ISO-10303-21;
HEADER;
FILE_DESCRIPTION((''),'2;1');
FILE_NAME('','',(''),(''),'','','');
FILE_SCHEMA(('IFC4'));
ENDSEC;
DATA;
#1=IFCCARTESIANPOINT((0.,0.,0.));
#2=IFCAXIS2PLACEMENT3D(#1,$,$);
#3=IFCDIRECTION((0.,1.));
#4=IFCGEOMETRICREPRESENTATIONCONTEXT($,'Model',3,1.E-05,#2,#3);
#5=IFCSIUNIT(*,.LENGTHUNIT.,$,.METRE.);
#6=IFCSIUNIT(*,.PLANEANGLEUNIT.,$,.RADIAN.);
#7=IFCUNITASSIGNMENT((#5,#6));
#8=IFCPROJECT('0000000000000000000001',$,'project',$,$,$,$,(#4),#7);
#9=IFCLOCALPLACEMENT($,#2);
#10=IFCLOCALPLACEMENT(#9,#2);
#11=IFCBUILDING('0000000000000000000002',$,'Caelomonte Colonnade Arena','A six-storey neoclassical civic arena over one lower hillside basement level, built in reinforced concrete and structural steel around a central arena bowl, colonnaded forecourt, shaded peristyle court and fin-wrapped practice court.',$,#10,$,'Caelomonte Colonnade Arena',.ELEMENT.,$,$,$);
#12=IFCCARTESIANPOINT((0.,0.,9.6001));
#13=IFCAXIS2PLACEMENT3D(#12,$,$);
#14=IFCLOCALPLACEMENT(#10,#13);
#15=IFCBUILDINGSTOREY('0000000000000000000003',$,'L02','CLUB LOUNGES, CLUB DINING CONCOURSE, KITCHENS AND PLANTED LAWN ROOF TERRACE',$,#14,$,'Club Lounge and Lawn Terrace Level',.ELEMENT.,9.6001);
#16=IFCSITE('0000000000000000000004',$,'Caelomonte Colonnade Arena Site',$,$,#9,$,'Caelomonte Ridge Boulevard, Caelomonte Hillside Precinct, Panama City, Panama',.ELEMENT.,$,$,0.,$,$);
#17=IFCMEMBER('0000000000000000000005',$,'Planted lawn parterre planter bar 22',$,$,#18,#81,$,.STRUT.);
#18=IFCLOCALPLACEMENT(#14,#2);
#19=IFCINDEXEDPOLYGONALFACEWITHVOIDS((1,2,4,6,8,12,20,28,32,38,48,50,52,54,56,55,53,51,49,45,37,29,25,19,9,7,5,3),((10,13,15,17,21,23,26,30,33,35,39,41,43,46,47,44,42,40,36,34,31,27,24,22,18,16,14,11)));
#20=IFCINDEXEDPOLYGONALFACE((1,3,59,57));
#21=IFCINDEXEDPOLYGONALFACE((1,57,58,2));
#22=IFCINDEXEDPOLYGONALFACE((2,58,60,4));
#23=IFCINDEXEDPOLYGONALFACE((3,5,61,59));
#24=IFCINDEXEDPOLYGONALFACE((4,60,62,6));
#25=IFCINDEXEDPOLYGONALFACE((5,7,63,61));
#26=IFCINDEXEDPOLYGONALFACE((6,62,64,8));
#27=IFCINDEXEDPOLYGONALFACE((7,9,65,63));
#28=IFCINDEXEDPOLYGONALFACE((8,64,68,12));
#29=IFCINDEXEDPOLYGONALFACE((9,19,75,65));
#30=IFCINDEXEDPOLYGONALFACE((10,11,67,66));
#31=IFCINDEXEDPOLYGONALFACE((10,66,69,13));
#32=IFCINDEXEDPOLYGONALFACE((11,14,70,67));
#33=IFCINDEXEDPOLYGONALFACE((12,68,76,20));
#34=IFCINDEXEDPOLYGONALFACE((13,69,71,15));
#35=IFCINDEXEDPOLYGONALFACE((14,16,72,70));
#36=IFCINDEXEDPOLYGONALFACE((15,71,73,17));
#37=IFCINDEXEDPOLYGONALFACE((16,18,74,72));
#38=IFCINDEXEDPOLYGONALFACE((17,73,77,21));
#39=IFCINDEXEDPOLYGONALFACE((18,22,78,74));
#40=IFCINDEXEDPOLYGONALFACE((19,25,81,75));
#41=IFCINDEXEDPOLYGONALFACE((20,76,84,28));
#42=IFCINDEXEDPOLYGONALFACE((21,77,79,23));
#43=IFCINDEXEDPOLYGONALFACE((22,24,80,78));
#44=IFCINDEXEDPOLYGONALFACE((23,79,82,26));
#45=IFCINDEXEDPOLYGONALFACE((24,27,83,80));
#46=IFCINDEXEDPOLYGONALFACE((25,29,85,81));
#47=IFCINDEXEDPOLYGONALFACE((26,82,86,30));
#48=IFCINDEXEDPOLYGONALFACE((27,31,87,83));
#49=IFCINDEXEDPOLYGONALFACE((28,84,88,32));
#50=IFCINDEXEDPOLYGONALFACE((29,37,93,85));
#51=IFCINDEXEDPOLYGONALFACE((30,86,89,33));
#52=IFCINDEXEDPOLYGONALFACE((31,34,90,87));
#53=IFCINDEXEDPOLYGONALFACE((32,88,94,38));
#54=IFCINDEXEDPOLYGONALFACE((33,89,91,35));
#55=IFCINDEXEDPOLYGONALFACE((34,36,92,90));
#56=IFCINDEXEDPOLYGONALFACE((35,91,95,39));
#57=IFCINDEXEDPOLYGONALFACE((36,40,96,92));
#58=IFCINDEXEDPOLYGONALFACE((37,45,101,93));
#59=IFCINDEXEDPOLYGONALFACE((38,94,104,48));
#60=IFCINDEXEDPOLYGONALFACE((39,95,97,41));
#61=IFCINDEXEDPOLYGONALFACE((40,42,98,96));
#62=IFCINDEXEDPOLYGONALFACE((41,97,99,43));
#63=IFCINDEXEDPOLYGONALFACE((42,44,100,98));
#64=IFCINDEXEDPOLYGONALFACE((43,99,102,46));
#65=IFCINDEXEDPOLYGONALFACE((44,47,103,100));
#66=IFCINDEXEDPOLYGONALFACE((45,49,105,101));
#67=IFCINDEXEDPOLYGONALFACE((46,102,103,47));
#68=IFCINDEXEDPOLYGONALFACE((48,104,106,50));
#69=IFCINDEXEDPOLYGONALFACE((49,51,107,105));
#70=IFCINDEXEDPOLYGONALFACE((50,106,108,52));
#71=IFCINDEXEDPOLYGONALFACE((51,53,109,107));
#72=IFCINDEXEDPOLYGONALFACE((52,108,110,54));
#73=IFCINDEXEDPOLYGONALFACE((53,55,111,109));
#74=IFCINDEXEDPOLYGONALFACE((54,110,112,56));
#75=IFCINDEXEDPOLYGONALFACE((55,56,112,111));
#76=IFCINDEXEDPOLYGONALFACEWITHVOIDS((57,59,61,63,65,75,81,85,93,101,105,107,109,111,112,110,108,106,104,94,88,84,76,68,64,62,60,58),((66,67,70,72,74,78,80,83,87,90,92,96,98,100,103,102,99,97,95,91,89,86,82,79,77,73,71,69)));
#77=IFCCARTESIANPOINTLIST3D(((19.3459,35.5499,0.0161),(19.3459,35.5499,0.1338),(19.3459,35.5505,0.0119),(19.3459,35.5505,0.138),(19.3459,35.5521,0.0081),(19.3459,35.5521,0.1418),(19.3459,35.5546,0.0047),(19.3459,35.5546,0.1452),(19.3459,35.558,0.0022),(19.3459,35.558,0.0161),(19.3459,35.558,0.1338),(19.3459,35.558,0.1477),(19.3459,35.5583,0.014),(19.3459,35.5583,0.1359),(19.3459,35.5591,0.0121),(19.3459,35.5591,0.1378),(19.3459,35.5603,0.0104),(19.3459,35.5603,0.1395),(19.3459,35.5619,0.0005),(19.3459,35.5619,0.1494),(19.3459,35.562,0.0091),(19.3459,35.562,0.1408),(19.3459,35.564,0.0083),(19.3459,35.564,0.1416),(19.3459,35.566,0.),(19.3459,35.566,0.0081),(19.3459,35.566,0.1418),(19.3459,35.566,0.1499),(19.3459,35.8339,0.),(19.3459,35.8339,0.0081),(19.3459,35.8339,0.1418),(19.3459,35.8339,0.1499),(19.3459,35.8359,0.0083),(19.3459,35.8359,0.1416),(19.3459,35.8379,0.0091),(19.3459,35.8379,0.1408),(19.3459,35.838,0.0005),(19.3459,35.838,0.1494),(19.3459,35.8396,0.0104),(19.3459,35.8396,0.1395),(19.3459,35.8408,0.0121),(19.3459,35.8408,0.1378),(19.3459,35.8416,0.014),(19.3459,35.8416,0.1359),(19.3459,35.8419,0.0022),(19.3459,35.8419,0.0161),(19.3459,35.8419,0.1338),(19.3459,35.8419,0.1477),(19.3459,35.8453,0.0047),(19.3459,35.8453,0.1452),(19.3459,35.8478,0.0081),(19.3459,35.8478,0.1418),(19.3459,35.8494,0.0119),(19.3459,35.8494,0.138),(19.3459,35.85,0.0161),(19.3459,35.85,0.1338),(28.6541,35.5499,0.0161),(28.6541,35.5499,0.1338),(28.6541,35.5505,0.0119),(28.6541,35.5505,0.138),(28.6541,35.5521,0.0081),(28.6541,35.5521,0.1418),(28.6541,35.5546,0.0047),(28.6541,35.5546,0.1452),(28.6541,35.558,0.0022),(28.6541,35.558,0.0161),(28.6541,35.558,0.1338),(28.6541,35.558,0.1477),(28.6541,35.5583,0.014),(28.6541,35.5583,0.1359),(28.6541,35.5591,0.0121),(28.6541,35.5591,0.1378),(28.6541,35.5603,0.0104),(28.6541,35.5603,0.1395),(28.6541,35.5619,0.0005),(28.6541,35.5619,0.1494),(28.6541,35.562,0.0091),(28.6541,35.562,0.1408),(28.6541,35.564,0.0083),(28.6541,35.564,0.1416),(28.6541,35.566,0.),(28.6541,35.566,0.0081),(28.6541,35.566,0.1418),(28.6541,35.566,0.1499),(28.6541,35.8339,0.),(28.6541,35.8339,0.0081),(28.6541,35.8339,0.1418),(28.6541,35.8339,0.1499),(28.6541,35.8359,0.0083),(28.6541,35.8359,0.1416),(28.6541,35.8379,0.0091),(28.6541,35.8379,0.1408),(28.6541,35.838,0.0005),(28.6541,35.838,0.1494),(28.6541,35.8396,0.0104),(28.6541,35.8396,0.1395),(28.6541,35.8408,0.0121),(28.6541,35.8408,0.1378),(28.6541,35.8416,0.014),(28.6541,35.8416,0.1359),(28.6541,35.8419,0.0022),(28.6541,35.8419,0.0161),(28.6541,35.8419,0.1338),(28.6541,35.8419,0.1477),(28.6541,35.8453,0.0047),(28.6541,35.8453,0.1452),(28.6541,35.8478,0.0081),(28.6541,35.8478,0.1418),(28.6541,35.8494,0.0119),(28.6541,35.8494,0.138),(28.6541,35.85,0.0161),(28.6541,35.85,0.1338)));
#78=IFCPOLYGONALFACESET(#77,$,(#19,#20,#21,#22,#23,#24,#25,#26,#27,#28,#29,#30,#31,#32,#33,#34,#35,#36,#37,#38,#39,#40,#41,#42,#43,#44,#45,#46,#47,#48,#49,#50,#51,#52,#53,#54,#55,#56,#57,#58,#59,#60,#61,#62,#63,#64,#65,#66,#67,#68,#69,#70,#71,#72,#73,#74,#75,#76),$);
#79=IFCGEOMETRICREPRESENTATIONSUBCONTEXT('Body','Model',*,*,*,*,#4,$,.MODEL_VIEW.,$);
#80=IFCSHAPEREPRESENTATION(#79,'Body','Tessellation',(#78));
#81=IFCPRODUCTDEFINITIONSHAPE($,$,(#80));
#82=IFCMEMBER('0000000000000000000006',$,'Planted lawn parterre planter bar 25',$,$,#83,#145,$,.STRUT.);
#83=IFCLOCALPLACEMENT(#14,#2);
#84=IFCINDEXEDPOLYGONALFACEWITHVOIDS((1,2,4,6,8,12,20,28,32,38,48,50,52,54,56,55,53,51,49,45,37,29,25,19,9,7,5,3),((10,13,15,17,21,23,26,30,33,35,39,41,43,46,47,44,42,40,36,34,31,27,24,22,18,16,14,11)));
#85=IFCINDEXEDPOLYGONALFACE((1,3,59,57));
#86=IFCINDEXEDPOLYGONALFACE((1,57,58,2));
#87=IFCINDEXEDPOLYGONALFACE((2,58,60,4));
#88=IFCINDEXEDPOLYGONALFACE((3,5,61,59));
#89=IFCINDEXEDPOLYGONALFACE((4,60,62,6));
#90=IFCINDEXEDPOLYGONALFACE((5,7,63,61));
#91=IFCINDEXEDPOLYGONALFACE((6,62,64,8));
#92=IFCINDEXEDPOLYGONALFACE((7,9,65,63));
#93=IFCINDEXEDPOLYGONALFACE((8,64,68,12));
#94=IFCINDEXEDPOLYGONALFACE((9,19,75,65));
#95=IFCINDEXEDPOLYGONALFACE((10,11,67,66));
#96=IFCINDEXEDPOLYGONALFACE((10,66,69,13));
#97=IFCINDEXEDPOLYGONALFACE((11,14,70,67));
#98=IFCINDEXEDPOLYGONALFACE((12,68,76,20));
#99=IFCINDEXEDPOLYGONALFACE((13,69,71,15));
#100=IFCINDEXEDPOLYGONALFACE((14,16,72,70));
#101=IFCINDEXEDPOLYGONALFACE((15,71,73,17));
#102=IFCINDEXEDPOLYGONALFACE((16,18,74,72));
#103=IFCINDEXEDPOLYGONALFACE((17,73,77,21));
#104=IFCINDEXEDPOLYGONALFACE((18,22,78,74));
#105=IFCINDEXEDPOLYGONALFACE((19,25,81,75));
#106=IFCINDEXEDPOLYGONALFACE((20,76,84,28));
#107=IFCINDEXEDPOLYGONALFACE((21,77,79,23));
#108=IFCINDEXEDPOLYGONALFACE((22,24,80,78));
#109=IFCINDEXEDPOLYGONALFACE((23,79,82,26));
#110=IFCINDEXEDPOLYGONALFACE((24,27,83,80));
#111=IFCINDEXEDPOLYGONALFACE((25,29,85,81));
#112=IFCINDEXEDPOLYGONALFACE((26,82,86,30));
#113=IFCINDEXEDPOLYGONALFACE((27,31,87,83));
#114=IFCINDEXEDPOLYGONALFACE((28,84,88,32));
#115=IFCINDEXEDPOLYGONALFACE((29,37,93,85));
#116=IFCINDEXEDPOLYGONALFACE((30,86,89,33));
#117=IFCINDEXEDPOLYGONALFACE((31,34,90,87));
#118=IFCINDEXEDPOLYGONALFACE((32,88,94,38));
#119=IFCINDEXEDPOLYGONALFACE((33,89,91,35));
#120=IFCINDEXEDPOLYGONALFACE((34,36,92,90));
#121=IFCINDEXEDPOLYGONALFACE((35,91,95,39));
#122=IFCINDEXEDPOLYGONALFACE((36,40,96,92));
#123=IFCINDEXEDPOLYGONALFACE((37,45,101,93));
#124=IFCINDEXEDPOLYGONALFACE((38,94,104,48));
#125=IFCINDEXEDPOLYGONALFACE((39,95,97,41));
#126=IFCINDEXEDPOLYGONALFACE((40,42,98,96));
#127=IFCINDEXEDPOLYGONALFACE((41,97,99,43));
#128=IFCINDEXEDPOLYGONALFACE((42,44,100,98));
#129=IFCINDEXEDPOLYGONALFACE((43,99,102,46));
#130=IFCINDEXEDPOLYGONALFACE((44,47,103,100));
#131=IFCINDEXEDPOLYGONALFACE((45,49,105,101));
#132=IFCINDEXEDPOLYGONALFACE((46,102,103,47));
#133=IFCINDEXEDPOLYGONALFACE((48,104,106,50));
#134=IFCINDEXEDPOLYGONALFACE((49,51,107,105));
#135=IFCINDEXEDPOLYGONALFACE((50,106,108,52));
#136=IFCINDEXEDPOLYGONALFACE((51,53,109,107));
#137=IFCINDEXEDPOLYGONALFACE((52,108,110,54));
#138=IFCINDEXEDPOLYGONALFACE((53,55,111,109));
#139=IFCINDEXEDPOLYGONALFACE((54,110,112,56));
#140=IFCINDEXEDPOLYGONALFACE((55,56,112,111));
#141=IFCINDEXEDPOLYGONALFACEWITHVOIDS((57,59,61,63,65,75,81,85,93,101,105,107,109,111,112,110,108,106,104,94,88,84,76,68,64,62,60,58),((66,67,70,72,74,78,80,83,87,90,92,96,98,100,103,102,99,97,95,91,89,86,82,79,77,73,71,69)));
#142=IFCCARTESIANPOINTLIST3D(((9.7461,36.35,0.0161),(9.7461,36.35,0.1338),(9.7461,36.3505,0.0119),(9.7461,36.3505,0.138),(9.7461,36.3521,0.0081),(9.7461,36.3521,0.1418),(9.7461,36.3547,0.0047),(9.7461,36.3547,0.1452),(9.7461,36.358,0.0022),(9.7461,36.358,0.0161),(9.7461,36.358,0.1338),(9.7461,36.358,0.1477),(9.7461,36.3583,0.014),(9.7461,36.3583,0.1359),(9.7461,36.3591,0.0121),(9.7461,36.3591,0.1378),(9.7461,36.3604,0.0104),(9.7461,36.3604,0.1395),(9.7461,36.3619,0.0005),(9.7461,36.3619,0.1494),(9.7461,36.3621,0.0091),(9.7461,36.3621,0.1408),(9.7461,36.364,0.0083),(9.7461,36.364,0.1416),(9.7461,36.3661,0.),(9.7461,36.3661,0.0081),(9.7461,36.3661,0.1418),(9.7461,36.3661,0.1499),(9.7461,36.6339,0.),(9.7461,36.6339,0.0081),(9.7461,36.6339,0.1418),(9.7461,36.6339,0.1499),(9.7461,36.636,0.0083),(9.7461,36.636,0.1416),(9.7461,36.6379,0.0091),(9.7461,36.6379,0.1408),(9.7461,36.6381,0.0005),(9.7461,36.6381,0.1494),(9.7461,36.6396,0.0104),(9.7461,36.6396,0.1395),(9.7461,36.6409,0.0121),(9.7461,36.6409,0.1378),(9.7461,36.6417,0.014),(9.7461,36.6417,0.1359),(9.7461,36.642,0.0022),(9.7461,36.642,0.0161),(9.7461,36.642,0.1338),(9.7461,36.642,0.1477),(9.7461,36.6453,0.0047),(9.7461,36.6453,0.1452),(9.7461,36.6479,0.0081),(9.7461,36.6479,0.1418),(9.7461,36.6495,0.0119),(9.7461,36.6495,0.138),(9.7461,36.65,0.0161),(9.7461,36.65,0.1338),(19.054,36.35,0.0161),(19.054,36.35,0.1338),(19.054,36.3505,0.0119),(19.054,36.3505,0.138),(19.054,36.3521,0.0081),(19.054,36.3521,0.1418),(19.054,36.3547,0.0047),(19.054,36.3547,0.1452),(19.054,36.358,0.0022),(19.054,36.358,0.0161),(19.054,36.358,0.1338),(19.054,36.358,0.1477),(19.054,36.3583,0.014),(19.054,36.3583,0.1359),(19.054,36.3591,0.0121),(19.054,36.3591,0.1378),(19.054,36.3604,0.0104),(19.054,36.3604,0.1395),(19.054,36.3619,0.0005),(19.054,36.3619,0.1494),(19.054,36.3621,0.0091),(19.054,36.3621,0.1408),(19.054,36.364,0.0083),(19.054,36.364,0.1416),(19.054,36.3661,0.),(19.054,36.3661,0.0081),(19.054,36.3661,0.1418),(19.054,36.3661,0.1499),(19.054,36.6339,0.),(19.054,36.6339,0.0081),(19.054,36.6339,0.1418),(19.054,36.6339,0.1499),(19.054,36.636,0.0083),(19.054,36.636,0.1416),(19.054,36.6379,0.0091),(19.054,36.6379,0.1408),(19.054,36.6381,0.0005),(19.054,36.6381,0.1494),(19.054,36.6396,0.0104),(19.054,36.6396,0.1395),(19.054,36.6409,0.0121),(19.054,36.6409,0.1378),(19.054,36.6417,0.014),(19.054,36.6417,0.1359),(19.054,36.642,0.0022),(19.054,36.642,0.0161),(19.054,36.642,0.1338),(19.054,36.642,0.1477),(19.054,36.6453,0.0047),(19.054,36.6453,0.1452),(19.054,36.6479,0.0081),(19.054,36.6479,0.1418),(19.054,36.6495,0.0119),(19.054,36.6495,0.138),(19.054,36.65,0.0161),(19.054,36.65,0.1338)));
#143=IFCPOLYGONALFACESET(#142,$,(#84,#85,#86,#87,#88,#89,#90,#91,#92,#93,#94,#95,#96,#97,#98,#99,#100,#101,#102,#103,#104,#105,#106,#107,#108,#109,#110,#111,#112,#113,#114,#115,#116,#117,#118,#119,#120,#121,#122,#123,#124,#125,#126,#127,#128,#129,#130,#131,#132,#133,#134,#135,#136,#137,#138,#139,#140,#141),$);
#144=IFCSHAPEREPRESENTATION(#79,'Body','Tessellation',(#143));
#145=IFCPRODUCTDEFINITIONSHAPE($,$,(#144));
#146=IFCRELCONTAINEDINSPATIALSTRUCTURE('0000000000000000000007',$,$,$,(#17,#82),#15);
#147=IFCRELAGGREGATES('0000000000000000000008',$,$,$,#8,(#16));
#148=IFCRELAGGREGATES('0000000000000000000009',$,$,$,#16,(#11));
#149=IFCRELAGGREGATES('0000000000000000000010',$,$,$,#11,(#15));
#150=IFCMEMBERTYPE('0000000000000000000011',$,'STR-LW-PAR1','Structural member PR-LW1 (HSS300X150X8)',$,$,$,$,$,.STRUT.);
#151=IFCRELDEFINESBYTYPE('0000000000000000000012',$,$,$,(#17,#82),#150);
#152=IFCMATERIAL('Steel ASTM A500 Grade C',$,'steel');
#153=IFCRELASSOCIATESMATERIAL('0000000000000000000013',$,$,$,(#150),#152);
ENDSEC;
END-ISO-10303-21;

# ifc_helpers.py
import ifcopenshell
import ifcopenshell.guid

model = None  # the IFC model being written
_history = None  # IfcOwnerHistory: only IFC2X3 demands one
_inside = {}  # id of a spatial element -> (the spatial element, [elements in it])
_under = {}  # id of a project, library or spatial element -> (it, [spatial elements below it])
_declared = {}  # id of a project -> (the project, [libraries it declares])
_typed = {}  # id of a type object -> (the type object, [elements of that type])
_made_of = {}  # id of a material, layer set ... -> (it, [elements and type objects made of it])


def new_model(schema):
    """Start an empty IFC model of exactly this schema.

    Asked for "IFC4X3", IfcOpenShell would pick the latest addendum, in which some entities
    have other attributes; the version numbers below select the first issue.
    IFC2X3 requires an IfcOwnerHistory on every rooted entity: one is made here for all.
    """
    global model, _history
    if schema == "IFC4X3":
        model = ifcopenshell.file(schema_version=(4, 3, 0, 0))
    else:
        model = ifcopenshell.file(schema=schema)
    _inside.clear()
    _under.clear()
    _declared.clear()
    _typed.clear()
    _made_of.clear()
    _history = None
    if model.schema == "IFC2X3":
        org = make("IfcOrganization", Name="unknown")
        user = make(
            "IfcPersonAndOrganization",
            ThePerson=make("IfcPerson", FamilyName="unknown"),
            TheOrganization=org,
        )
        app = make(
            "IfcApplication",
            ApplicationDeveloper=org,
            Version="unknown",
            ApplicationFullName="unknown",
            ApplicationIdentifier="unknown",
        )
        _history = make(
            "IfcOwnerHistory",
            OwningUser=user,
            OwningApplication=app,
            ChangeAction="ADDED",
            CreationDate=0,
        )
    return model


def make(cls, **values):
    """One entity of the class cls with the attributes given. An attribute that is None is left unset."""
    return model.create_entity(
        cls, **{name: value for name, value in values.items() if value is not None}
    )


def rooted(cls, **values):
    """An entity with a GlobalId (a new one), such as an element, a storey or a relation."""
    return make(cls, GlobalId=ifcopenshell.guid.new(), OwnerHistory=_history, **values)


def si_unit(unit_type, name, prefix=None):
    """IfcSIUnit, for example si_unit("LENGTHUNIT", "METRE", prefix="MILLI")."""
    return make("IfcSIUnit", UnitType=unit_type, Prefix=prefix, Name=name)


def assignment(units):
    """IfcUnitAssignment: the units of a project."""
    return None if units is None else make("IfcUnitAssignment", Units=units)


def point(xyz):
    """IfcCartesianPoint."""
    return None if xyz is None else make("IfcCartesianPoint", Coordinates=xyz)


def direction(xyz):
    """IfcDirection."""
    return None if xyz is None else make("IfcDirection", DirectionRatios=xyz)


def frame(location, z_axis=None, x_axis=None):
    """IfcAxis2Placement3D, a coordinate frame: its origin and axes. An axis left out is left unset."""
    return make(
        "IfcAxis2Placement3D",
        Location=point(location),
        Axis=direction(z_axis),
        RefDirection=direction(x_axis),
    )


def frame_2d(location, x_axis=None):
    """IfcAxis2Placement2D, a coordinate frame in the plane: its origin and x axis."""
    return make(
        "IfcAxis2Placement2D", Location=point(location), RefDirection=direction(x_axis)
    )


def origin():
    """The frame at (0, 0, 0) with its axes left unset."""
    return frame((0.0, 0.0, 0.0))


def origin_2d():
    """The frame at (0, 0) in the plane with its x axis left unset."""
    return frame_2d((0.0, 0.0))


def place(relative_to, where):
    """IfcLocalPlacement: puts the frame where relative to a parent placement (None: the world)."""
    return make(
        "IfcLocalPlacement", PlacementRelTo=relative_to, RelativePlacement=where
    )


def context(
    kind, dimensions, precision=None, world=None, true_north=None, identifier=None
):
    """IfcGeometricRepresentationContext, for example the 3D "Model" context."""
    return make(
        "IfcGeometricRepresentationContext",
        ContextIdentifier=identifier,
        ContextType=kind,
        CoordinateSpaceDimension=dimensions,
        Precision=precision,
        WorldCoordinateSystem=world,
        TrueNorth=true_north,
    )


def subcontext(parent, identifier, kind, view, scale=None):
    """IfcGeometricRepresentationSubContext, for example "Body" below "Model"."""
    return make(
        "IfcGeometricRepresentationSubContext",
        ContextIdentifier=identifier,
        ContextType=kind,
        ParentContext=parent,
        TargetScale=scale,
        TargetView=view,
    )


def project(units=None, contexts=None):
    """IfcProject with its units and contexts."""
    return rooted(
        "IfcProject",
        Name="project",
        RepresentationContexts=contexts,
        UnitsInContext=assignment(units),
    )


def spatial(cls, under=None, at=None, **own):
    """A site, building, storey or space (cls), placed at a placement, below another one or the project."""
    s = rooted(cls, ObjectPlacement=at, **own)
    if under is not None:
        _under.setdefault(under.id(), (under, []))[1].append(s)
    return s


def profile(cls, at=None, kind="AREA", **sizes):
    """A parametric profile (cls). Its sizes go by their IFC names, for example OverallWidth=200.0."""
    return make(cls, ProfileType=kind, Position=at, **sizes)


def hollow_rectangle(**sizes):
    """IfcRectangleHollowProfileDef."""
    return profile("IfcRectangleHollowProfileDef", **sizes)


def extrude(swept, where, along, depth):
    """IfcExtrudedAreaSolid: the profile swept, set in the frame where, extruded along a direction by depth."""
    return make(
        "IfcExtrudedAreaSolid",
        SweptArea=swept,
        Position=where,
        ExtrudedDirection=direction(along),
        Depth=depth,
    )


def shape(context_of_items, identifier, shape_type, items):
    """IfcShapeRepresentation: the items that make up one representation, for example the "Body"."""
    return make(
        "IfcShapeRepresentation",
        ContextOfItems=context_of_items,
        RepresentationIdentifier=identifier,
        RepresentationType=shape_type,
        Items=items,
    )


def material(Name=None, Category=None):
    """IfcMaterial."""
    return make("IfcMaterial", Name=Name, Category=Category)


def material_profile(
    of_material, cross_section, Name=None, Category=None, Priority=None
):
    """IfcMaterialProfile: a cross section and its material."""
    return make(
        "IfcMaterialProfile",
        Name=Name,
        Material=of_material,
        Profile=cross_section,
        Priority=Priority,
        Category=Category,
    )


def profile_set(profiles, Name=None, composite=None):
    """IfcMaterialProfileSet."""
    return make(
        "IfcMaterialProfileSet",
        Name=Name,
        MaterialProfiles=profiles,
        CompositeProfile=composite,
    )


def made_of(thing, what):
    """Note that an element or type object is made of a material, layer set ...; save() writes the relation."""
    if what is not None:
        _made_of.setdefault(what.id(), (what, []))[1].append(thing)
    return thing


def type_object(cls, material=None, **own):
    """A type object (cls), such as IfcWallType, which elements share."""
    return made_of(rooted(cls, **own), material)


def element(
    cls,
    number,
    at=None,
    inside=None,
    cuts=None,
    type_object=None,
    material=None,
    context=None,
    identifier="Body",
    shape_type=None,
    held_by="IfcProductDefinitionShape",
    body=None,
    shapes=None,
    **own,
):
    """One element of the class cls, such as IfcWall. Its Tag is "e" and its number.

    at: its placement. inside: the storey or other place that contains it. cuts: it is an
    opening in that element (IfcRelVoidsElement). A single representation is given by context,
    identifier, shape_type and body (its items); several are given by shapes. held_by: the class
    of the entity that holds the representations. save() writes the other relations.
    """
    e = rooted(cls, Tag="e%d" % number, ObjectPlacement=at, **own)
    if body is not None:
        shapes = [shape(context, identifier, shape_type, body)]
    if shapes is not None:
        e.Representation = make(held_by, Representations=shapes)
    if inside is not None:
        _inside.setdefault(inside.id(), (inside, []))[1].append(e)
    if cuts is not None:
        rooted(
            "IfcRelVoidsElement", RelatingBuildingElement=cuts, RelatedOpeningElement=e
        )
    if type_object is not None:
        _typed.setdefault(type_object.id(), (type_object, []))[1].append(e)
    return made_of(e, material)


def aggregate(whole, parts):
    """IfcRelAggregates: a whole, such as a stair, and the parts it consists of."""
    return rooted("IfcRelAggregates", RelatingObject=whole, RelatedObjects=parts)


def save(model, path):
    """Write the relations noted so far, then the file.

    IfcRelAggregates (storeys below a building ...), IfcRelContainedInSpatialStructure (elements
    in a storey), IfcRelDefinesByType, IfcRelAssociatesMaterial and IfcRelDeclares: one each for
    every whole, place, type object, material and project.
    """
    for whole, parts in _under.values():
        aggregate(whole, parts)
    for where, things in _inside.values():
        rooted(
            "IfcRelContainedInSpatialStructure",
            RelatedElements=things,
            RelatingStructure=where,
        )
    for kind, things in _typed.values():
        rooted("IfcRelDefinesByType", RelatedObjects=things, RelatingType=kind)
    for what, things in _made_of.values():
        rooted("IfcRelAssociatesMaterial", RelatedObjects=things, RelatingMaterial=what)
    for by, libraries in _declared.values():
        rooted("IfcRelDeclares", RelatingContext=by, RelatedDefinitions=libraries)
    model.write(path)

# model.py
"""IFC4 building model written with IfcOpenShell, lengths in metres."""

from ifc_helpers import new_model, si_unit, direction, frame, origin, origin_2d, place, context, subcontext, project, spatial, hollow_rectangle, extrude, material, material_profile, profile_set, type_object, element, save


model = new_model("IFC4")

# Units and contexts
model_context = context("Model", 3, precision=1e-05, world=origin(), true_north=direction((0.0, 1.0)))
body_context = subcontext(model_context, "Body", "Model", "MODEL_VIEW")
ifc_project = project(units=[si_unit("LENGTHUNIT", "METRE"), si_unit("PLANEANGLEUNIT", "RADIAN")], contexts=[model_context])

# Site, building, storey
site_placement = place(None, origin())
site = spatial("IfcSite", under=ifc_project, at=site_placement, Name="Caelomonte Colonnade Arena Site", LongName="Caelomonte Ridge Boulevard, Caelomonte Hillside Precinct, Panama City, Panama", CompositionType="ELEMENT", RefElevation=0.0)
building_placement = place(site_placement, origin())
building = spatial("IfcBuilding", under=site, at=building_placement, Name="Caelomonte Colonnade Arena", Description="A six-storey neoclassical civic arena over one lower hillside basement level, built in reinforced concrete and structural steel around a central arena bowl, colonnaded forecourt, shaded peristyle court and fin-wrapped practice court.", LongName="Caelomonte Colonnade Arena", CompositionType="ELEMENT")
storey_placement = place(building_placement, frame((0.0, 0.0, 9.6001)))
storey = spatial("IfcBuildingStorey", under=building, at=storey_placement, Name="L02", Description="CLUB LOUNGES, CLUB DINING CONCOURSE, KITCHENS AND PLANTED LAWN ROOF TERRACE", LongName="Club Lounge and Lawn Terrace Level", CompositionType="ELEMENT", Elevation=9.6001)

# Members
ifc_material_1 = material(Name="Steel ASTM A500 Grade C", Category="steel")
ifc_material_profile_1 = material_profile(ifc_material_1, hollow_rectangle(XDim=0.3, YDim=0.1499, WallThickness=0.0081, InnerFilletRadius=0.0081, OuterFilletRadius=0.0161, at=origin_2d()), Name="HSS300X150X8")
ifc_profile_set_1 = profile_set([ifc_material_profile_1], Name="Steel ASTM A500 Grade C")
member_type = type_object("IfcMemberType", Name="STR-LW-PAR1", Description="Structural member PR-LW1 (HSS300X150X8)", PredefinedType="STRUT", material=ifc_profile_set_1)
member_1_placement = place(storey_placement, frame((19.3459, 35.7, 0.075), z_axis=(1.0, 0.0, 0.0), x_axis=(0.0, 1.0, 0.0)))
element("IfcMember", 1, at=member_1_placement, inside=storey, type_object=member_type, Name="Planted lawn parterre planter bar 22", PredefinedType="STRUT", context=body_context, shape_type="SweptSolid", body=[
    extrude(hollow_rectangle(XDim=0.3, YDim=0.1499, WallThickness=0.0081, InnerFilletRadius=0.0081, OuterFilletRadius=0.0161, at=origin_2d()), origin(), (0.0, 0.0, 1.0), 9.3081),
])
member_2_placement = place(storey_placement, frame((9.7461, 36.5, 0.075), z_axis=(1.0, 0.0, 0.0), x_axis=(0.0, 1.0, 0.0)))
element("IfcMember", 2, at=member_2_placement, inside=storey, type_object=member_type, Name="Planted lawn parterre planter bar 25", PredefinedType="STRUT", context=body_context, shape_type="SweptSolid", body=[
    extrude(hollow_rectangle(XDim=0.3, YDim=0.1499, WallThickness=0.0081, InnerFilletRadius=0.0081, OuterFilletRadius=0.0161, at=origin_2d()), origin(), (0.0, 0.0, 1.0), 9.3079),
])

save(model, "model.ifc")
